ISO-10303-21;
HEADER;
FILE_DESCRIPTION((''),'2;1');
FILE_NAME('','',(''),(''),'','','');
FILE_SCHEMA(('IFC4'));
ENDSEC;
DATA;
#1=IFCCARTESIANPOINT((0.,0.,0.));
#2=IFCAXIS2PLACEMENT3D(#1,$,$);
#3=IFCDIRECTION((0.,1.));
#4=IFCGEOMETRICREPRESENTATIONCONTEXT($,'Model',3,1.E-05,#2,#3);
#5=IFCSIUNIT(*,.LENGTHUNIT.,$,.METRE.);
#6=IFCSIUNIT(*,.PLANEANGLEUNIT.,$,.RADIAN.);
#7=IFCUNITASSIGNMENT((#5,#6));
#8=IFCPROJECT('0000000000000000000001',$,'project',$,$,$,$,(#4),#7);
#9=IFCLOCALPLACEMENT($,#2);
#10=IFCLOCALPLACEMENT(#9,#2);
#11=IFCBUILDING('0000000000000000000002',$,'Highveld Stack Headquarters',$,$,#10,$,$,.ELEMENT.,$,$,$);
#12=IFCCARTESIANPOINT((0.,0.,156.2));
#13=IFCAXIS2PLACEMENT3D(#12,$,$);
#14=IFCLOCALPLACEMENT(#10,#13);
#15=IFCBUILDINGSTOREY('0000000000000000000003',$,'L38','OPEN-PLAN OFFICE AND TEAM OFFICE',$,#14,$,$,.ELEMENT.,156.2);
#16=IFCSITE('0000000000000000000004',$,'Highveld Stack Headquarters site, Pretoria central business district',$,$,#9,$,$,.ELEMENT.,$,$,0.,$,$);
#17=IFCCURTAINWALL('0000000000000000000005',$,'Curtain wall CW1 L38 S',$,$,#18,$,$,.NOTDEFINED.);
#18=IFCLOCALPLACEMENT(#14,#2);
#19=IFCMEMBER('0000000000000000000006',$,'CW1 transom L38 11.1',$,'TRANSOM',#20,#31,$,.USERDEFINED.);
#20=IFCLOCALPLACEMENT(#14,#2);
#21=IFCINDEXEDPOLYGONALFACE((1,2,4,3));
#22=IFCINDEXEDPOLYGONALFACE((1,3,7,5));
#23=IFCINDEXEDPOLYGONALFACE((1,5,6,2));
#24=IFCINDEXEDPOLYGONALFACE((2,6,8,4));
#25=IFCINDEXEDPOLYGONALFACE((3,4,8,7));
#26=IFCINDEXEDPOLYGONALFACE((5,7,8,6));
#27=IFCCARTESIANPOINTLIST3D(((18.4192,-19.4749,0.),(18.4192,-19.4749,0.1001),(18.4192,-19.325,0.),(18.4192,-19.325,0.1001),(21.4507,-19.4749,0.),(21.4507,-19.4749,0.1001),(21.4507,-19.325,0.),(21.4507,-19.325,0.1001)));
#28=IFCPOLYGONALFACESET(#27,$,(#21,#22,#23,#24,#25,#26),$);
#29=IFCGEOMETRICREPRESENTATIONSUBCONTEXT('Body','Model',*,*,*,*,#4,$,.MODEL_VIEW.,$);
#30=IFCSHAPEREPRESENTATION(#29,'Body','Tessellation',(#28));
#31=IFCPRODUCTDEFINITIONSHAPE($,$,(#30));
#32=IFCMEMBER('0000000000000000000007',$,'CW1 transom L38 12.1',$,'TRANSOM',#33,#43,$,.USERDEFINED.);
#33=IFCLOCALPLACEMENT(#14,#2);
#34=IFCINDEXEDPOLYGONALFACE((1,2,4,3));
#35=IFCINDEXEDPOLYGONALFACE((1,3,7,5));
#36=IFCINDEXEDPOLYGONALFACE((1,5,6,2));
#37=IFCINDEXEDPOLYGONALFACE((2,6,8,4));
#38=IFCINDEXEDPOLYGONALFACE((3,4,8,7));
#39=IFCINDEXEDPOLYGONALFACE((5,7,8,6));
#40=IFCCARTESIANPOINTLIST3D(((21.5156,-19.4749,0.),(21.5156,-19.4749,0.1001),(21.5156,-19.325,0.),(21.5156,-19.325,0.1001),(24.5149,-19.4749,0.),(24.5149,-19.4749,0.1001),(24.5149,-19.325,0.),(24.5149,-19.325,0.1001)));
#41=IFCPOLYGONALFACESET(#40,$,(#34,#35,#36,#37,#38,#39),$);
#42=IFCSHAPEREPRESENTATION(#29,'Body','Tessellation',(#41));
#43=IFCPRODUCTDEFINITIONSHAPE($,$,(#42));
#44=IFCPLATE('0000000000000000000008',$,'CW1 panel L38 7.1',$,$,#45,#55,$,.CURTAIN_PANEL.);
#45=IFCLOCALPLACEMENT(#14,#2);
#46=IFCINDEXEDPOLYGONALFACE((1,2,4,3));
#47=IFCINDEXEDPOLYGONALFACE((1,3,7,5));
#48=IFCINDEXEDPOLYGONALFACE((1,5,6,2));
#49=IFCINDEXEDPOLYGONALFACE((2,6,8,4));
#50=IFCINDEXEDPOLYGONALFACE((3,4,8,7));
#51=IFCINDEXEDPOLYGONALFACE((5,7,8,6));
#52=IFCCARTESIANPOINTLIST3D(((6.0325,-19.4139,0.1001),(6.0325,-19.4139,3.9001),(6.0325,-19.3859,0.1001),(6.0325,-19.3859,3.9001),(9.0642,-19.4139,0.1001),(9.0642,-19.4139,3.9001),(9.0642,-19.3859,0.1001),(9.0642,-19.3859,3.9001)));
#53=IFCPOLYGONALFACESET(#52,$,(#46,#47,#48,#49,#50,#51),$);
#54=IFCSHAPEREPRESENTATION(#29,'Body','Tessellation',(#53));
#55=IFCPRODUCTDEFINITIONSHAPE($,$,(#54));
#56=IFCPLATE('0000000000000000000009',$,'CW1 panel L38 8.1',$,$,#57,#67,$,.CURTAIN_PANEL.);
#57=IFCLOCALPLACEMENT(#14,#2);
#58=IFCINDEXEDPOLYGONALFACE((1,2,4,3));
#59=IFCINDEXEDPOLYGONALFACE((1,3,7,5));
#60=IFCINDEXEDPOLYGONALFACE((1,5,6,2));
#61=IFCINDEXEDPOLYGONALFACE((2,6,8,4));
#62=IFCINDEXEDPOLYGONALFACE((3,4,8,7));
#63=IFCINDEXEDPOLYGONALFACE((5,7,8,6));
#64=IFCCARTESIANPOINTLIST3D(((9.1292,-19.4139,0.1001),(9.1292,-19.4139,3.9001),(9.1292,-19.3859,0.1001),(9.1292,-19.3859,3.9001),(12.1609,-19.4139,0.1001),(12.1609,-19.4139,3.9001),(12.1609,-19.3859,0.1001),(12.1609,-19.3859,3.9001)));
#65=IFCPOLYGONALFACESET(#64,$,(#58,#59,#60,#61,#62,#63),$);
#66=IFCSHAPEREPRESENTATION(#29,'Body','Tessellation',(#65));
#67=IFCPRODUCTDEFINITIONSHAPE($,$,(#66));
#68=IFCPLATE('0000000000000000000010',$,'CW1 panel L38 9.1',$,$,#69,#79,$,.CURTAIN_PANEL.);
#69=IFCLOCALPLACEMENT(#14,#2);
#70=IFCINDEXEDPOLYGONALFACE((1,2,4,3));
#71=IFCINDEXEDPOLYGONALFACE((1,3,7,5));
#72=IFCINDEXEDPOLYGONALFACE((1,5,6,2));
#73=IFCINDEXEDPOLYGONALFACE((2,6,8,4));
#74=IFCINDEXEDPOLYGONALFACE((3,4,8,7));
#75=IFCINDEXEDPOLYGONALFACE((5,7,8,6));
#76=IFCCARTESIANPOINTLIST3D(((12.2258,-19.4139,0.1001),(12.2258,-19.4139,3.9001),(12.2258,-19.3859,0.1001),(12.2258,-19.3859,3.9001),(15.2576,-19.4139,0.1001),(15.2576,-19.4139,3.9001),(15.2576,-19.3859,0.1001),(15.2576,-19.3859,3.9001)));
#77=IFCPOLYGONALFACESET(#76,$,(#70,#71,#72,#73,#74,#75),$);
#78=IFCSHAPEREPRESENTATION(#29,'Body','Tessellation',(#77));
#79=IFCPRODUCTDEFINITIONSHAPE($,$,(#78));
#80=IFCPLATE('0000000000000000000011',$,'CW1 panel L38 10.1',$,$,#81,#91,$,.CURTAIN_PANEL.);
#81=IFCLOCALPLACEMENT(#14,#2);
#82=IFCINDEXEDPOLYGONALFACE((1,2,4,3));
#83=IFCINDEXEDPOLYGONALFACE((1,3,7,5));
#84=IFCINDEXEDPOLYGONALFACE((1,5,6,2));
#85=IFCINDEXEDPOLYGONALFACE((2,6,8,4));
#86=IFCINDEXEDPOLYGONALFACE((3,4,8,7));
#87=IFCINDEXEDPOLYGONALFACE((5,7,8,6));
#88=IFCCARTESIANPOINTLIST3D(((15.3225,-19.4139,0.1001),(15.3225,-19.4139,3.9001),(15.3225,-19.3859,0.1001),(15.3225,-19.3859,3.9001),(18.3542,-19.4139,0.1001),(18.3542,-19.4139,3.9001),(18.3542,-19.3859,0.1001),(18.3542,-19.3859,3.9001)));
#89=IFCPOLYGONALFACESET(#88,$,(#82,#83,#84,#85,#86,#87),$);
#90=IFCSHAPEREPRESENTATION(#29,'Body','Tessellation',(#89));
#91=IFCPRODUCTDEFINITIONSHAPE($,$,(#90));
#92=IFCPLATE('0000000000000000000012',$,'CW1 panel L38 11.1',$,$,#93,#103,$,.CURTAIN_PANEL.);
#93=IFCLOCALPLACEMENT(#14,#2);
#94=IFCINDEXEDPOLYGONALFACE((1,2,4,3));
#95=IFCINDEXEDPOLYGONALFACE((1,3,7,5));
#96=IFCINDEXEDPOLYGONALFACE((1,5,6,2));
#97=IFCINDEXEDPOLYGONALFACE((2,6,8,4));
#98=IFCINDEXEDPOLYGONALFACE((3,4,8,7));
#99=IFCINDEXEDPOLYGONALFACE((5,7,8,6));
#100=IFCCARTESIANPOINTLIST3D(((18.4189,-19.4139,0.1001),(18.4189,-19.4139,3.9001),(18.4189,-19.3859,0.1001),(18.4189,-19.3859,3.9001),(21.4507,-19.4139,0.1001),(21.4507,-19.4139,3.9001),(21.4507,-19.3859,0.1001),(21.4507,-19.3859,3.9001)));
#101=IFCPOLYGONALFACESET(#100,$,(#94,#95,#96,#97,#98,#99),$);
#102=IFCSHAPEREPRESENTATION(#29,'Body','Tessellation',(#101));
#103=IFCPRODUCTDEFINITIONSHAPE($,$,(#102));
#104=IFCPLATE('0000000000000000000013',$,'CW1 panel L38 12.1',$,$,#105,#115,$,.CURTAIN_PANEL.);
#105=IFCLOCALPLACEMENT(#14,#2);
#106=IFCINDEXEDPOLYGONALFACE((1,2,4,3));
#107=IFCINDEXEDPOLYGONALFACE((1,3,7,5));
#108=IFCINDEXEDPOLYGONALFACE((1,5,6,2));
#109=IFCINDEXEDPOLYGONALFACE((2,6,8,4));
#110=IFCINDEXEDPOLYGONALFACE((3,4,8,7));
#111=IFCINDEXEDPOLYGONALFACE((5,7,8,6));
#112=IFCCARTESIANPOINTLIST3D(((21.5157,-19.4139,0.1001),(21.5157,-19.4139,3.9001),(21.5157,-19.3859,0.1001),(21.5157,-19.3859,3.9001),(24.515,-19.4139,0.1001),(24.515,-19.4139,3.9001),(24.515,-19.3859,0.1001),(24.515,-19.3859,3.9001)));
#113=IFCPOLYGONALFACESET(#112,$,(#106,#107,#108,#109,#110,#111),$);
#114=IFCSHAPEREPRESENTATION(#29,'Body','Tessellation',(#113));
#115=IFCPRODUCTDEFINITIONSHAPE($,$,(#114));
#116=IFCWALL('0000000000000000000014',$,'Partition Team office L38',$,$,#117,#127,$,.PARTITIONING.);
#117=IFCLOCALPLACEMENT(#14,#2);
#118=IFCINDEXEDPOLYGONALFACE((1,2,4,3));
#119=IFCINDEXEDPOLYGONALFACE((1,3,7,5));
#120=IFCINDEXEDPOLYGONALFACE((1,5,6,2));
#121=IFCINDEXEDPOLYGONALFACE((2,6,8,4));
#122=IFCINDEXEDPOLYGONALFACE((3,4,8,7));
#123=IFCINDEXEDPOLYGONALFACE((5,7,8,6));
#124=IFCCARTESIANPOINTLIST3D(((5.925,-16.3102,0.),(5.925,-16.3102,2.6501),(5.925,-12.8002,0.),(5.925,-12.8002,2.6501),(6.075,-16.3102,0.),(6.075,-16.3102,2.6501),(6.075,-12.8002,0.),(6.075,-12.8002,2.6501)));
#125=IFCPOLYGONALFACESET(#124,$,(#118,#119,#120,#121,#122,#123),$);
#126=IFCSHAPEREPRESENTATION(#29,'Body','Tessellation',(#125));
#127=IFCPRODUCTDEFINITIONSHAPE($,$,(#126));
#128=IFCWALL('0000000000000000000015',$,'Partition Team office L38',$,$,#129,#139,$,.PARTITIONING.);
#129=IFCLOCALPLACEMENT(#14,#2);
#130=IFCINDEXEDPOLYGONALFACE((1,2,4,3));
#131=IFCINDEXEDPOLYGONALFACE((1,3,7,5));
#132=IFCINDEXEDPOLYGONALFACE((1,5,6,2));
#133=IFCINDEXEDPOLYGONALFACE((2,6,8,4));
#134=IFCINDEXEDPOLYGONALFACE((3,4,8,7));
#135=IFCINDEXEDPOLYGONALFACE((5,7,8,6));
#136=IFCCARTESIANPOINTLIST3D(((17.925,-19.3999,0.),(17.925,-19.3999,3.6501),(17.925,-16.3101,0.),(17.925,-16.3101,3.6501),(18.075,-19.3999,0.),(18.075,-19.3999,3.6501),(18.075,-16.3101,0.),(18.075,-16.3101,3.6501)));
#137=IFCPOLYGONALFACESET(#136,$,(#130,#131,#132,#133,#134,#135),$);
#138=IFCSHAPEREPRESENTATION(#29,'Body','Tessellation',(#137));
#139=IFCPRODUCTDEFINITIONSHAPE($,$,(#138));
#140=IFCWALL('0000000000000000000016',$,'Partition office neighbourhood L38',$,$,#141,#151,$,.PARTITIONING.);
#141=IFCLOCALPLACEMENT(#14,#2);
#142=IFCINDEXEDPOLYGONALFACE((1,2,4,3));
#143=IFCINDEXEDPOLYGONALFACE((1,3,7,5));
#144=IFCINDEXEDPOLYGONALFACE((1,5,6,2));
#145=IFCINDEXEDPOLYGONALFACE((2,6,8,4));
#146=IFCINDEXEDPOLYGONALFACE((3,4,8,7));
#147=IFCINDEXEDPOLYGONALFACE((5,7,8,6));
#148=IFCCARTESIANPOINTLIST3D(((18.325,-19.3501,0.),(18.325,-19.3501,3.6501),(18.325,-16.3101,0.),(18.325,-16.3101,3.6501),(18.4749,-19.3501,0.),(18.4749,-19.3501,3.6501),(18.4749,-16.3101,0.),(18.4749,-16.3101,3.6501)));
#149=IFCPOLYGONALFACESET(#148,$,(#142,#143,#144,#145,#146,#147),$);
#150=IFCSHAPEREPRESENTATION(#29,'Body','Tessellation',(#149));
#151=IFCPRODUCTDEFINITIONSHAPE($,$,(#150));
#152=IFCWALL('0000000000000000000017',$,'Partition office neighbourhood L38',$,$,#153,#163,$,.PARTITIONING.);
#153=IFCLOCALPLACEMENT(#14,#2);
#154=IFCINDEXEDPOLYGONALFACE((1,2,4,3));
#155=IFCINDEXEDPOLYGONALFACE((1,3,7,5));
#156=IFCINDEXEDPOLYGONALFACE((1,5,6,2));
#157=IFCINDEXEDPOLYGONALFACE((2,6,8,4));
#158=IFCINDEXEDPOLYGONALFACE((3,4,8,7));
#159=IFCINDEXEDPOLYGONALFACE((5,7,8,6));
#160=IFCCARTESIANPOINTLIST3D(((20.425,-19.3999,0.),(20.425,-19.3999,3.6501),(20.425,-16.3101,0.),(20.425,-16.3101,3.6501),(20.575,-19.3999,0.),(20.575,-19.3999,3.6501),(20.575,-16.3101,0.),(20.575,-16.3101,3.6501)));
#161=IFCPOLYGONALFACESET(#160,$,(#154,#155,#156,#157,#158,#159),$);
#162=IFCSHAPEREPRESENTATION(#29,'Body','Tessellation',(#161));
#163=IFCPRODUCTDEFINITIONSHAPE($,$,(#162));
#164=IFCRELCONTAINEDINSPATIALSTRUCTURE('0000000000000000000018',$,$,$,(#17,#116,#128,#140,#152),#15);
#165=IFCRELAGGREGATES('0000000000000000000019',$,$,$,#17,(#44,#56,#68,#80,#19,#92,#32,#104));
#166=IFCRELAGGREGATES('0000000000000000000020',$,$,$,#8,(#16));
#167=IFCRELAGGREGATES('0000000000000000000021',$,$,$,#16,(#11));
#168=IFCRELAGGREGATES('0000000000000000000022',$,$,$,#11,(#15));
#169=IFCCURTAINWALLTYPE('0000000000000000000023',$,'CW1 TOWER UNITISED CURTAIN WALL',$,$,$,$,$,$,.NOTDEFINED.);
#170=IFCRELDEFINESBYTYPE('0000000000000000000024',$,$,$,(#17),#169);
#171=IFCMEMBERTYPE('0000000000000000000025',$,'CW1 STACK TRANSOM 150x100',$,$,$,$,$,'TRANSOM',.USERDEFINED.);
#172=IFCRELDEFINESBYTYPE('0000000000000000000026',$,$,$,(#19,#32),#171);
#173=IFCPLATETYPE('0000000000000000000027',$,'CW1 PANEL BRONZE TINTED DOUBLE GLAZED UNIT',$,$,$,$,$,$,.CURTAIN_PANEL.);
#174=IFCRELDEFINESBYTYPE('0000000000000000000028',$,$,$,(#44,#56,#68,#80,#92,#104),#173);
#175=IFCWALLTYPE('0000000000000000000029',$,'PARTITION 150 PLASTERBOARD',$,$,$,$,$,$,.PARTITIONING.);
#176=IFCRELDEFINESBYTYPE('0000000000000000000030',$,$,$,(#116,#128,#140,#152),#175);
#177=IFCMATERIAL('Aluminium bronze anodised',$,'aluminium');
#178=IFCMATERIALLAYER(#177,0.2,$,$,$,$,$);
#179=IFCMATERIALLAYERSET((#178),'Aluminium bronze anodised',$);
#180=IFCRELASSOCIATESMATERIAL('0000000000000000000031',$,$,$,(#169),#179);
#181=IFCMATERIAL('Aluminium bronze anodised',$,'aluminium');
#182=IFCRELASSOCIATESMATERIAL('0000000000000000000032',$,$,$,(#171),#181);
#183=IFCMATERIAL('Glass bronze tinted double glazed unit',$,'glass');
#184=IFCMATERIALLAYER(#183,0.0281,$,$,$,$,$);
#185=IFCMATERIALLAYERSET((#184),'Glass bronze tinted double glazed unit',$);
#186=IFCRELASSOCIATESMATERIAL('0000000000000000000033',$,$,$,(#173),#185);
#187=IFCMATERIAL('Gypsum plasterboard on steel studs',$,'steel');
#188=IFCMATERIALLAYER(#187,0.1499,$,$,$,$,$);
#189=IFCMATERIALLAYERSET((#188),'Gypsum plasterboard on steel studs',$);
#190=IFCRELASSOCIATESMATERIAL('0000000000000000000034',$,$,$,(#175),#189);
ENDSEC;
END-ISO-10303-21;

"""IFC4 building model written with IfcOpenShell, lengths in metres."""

from ifc_helpers import new_model, si_unit, direction, frame, frame_2d, origin, origin_2d, place, context, subcontext, project, spatial, rectangle, extrude, material, layer, layer_set, material_profile, profile_set, type_object, element, aggregate, save


model = new_model("IFC4")

# Units and contexts
model_context = context("Model", 3, precision=1e-05, world=origin(), true_north=direction((0.0, 1.0)))
body_context = subcontext(model_context, "Body", "Model", "MODEL_VIEW")
ifc_project = project(units=[si_unit("LENGTHUNIT", "METRE"), si_unit("PLANEANGLEUNIT", "RADIAN")], contexts=[model_context])

# Site, building, storey
site_placement = place(None, origin())
site = spatial("IfcSite", under=ifc_project, at=site_placement, Name="Highveld Stack Headquarters site, Pretoria central business district", CompositionType="ELEMENT", RefElevation=0.0)
building_placement = place(site_placement, origin())
building = spatial("IfcBuilding", under=site, at=building_placement, Name="Highveld Stack Headquarters", CompositionType="ELEMENT")
storey_placement = place(building_placement, frame((0.0, 0.0, 156.2)))
storey = spatial("IfcBuildingStorey", under=building, at=storey_placement, Name="L38", Description="OPEN-PLAN OFFICE AND TEAM OFFICE", CompositionType="ELEMENT", Elevation=156.2)

# Curtain wall, members, plates
ifc_material_1 = material(Name="Aluminium bronze anodised", Category="aluminium")
ifc_layer_1 = layer(ifc_material_1, 0.2)
ifc_layer_set_1 = layer_set([ifc_layer_1], Name="Aluminium bronze anodised")
curtain_wall_type = type_object("IfcCurtainWallType", Name="CW1 TOWER UNITISED CURTAIN WALL", PredefinedType="NOTDEFINED", material=ifc_layer_set_1)
curtain_wall_placement = place(storey_placement, origin())
curtain_wall = element("IfcCurtainWall", 1, at=curtain_wall_placement, inside=storey, type_object=curtain_wall_type, Name="Curtain wall CW1 L38 S", PredefinedType="NOTDEFINED")
ifc_material_2 = material(Name="Aluminium bronze anodised", Category="aluminium")
ifc_material_profile_1 = material_profile(ifc_material_2, rectangle(XDim=0.1499, YDim=0.1001, at=origin_2d()), Name="CW1 TRANSOM 150x100")
ifc_profile_set_1 = profile_set([ifc_material_profile_1], Name="Aluminium bronze anodised")
member_type_1 = type_object("IfcMemberType", Name="CW1 STACK TRANSOM 150x100", ElementType="TRANSOM", PredefinedType="USERDEFINED", material=ifc_profile_set_1)
member_1_placement = place(storey_placement, frame((18.4192, -19.3999, 0.05), z_axis=(1.0, 0.0, 0.0), x_axis=(0.0, 1.0, 0.0)))
member_1 = element("IfcMember", 2, at=member_1_placement, type_object=member_type_1, Name="CW1 transom L38 11.1", ObjectType="TRANSOM", PredefinedType="USERDEFINED", context=body_context, shape_type="SweptSolid", body=[
    extrude(rectangle(XDim=0.1499, YDim=0.1001, at=origin_2d()), origin(), (0.0, 0.0, 1.0), 3.0315),
])
member_2_placement = place(storey_placement, frame((21.5156, -19.3999, 0.05), z_axis=(1.0, 0.0, 0.0), x_axis=(0.0, 1.0, 0.0)))
member_2 = element("IfcMember", 3, at=member_2_placement, type_object=member_type_1, Name="CW1 transom L38 12.1", ObjectType="TRANSOM", PredefinedType="USERDEFINED", context=body_context, shape_type="SweptSolid", body=[
    extrude(rectangle(XDim=0.1499, YDim=0.1001, at=origin_2d()), origin(), (0.0, 0.0, 1.0), 2.9993),
])
ifc_material_3 = material(Name="Glass bronze tinted double glazed unit", Category="glass")
ifc_layer_2 = layer(ifc_material_3, 0.0281)
ifc_layer_set_2 = layer_set([ifc_layer_2], Name="Glass bronze tinted double glazed unit")
plate_type = type_object("IfcPlateType", Name="CW1 PANEL BRONZE TINTED DOUBLE GLAZED UNIT", PredefinedType="CURTAIN_PANEL", material=ifc_layer_set_2)
plate_1_placement = place(storey_placement, frame((7.5483, -19.3999, 0.1001), z_axis=(0.0, 0.0, 1.0), x_axis=(1.0, 0.0, 0.0)))
plate_1 = element("IfcPlate", 4, at=plate_1_placement, type_object=plate_type, Name="CW1 panel L38 7.1", PredefinedType="CURTAIN_PANEL", context=body_context, shape_type="SweptSolid", body=[
    extrude(rectangle(XDim=3.0317, YDim=0.0281, at=origin_2d()), origin(), (0.0, 0.0, 1.0), 3.8),
])
plate_2_placement = place(storey_placement, frame((10.645, -19.3999, 0.1001), z_axis=(0.0, 0.0, 1.0), x_axis=(1.0, 0.0, 0.0)))
plate_2 = element("IfcPlate", 5, at=plate_2_placement, type_object=plate_type, Name="CW1 panel L38 8.1", PredefinedType="CURTAIN_PANEL", context=body_context, shape_type="SweptSolid", body=[
    extrude(rectangle(XDim=3.0317, YDim=0.0281, at=origin_2d()), origin(), (0.0, 0.0, 1.0), 3.8),
])
plate_3_placement = place(storey_placement, frame((13.7417, -19.3999, 0.1001), z_axis=(0.0, 0.0, 1.0), x_axis=(1.0, 0.0, 0.0)))
plate_3 = element("IfcPlate", 6, at=plate_3_placement, type_object=plate_type, Name="CW1 panel L38 9.1", PredefinedType="CURTAIN_PANEL", context=body_context, shape_type="SweptSolid", body=[
    extrude(rectangle(XDim=3.0317, YDim=0.0281, at=origin_2d()), origin(), (0.0, 0.0, 1.0), 3.8),
])
plate_4_placement = place(storey_placement, frame((16.8384, -19.3999, 0.1001), z_axis=(0.0, 0.0, 1.0), x_axis=(1.0, 0.0, 0.0)))
plate_4 = element("IfcPlate", 7, at=plate_4_placement, type_object=plate_type, Name="CW1 panel L38 10.1", PredefinedType="CURTAIN_PANEL", context=body_context, shape_type="SweptSolid", body=[
    extrude(rectangle(XDim=3.0317, YDim=0.0281, at=origin_2d()), origin(), (0.0, 0.0, 1.0), 3.8),
])
plate_5_placement = place(storey_placement, frame((19.9348, -19.3999, 0.1001), z_axis=(0.0, 0.0, 1.0), x_axis=(1.0, 0.0, 0.0)))
plate_5 = element("IfcPlate", 8, at=plate_5_placement, type_object=plate_type, Name="CW1 panel L38 11.1", PredefinedType="CURTAIN_PANEL", context=body_context, shape_type="SweptSolid", body=[
    extrude(rectangle(XDim=3.0317, YDim=0.0281, at=origin_2d()), origin(), (0.0, 0.0, 1.0), 3.8),
])
plate_6_placement = place(storey_placement, frame((23.0154, -19.3999, 0.1001), z_axis=(0.0, 0.0, 1.0), x_axis=(1.0, 0.0, 0.0)))
plate_6 = element("IfcPlate", 9, at=plate_6_placement, type_object=plate_type, Name="CW1 panel L38 12.1", PredefinedType="CURTAIN_PANEL", context=body_context, shape_type="SweptSolid", body=[
    extrude(rectangle(XDim=2.9993, YDim=0.0281, at=origin_2d()), origin(), (0.0, 0.0, 1.0), 3.8),
])
aggregate(curtain_wall, [plate_1, plate_2, plate_3, plate_4, member_1, plate_5, member_2, plate_6])

# Walls
ifc_material_4 = material(Name="Gypsum plasterboard on steel studs", Category="steel")
ifc_layer_3 = layer(ifc_material_4, 0.1499)
ifc_layer_set_3 = layer_set([ifc_layer_3], Name="Gypsum plasterboard on steel studs")
wall_type = type_object("IfcWallType", Name="PARTITION 150 PLASTERBOARD", PredefinedType="PARTITIONING", material=ifc_layer_set_3)
wall_1_placement = place(storey_placement, frame((6.0, -16.3101, 0.0), z_axis=(0.0, 0.0, 1.0), x_axis=(0.0, 1.0, 0.0)))
element("IfcWall", 10, at=wall_1_placement, inside=storey, type_object=wall_type, Name="Partition Team office L38", PredefinedType="PARTITIONING", context=body_context, shape_type="SweptSolid", body=[
    extrude(rectangle(XDim=3.51, YDim=0.1499, at=frame_2d((1.7549, 0.0))), origin(), (0.0, 0.0, 1.0), 2.6501),
])
wall_2_placement = place(storey_placement, frame((18.0, -19.3999, 0.0), z_axis=(0.0, 0.0, 1.0), x_axis=(0.0, 1.0, 0.0)))
element("IfcWall", 11, at=wall_2_placement, inside=storey, type_object=wall_type, Name="Partition Team office L38", PredefinedType="PARTITIONING", context=body_context, shape_type="SweptSolid", body=[
    extrude(rectangle(XDim=3.0898, YDim=0.1499, at=frame_2d((1.5449, 0.0))), origin(), (0.0, 0.0, 1.0), 3.6501),
])
wall_3_placement = place(storey_placement, frame((18.3999, -19.3501, 0.0), z_axis=(0.0, 0.0, 1.0), x_axis=(0.0, 1.0, 0.0)))
element("IfcWall", 12, at=wall_3_placement, inside=storey, type_object=wall_type, Name="Partition office neighbourhood L38", PredefinedType="PARTITIONING", context=body_context, shape_type="SweptSolid", body=[
    extrude(rectangle(XDim=3.04, YDim=0.1499, at=frame_2d((1.52, 0.0))), origin(), (0.0, 0.0, 1.0), 3.6501),
])
wall_4_placement = place(storey_placement, frame((20.5, -19.3999, 0.0), z_axis=(0.0, 0.0, 1.0), x_axis=(0.0, 1.0, 0.0)))
element("IfcWall", 13, at=wall_4_placement, inside=storey, type_object=wall_type, Name="Partition office neighbourhood L38", PredefinedType="PARTITIONING", context=body_context, shape_type="SweptSolid", body=[
    extrude(rectangle(XDim=3.0898, YDim=0.1499, at=frame_2d((1.5449, 0.0))), origin(), (0.0, 0.0, 1.0), 3.6501),
])

save(model, "model.ifc")
